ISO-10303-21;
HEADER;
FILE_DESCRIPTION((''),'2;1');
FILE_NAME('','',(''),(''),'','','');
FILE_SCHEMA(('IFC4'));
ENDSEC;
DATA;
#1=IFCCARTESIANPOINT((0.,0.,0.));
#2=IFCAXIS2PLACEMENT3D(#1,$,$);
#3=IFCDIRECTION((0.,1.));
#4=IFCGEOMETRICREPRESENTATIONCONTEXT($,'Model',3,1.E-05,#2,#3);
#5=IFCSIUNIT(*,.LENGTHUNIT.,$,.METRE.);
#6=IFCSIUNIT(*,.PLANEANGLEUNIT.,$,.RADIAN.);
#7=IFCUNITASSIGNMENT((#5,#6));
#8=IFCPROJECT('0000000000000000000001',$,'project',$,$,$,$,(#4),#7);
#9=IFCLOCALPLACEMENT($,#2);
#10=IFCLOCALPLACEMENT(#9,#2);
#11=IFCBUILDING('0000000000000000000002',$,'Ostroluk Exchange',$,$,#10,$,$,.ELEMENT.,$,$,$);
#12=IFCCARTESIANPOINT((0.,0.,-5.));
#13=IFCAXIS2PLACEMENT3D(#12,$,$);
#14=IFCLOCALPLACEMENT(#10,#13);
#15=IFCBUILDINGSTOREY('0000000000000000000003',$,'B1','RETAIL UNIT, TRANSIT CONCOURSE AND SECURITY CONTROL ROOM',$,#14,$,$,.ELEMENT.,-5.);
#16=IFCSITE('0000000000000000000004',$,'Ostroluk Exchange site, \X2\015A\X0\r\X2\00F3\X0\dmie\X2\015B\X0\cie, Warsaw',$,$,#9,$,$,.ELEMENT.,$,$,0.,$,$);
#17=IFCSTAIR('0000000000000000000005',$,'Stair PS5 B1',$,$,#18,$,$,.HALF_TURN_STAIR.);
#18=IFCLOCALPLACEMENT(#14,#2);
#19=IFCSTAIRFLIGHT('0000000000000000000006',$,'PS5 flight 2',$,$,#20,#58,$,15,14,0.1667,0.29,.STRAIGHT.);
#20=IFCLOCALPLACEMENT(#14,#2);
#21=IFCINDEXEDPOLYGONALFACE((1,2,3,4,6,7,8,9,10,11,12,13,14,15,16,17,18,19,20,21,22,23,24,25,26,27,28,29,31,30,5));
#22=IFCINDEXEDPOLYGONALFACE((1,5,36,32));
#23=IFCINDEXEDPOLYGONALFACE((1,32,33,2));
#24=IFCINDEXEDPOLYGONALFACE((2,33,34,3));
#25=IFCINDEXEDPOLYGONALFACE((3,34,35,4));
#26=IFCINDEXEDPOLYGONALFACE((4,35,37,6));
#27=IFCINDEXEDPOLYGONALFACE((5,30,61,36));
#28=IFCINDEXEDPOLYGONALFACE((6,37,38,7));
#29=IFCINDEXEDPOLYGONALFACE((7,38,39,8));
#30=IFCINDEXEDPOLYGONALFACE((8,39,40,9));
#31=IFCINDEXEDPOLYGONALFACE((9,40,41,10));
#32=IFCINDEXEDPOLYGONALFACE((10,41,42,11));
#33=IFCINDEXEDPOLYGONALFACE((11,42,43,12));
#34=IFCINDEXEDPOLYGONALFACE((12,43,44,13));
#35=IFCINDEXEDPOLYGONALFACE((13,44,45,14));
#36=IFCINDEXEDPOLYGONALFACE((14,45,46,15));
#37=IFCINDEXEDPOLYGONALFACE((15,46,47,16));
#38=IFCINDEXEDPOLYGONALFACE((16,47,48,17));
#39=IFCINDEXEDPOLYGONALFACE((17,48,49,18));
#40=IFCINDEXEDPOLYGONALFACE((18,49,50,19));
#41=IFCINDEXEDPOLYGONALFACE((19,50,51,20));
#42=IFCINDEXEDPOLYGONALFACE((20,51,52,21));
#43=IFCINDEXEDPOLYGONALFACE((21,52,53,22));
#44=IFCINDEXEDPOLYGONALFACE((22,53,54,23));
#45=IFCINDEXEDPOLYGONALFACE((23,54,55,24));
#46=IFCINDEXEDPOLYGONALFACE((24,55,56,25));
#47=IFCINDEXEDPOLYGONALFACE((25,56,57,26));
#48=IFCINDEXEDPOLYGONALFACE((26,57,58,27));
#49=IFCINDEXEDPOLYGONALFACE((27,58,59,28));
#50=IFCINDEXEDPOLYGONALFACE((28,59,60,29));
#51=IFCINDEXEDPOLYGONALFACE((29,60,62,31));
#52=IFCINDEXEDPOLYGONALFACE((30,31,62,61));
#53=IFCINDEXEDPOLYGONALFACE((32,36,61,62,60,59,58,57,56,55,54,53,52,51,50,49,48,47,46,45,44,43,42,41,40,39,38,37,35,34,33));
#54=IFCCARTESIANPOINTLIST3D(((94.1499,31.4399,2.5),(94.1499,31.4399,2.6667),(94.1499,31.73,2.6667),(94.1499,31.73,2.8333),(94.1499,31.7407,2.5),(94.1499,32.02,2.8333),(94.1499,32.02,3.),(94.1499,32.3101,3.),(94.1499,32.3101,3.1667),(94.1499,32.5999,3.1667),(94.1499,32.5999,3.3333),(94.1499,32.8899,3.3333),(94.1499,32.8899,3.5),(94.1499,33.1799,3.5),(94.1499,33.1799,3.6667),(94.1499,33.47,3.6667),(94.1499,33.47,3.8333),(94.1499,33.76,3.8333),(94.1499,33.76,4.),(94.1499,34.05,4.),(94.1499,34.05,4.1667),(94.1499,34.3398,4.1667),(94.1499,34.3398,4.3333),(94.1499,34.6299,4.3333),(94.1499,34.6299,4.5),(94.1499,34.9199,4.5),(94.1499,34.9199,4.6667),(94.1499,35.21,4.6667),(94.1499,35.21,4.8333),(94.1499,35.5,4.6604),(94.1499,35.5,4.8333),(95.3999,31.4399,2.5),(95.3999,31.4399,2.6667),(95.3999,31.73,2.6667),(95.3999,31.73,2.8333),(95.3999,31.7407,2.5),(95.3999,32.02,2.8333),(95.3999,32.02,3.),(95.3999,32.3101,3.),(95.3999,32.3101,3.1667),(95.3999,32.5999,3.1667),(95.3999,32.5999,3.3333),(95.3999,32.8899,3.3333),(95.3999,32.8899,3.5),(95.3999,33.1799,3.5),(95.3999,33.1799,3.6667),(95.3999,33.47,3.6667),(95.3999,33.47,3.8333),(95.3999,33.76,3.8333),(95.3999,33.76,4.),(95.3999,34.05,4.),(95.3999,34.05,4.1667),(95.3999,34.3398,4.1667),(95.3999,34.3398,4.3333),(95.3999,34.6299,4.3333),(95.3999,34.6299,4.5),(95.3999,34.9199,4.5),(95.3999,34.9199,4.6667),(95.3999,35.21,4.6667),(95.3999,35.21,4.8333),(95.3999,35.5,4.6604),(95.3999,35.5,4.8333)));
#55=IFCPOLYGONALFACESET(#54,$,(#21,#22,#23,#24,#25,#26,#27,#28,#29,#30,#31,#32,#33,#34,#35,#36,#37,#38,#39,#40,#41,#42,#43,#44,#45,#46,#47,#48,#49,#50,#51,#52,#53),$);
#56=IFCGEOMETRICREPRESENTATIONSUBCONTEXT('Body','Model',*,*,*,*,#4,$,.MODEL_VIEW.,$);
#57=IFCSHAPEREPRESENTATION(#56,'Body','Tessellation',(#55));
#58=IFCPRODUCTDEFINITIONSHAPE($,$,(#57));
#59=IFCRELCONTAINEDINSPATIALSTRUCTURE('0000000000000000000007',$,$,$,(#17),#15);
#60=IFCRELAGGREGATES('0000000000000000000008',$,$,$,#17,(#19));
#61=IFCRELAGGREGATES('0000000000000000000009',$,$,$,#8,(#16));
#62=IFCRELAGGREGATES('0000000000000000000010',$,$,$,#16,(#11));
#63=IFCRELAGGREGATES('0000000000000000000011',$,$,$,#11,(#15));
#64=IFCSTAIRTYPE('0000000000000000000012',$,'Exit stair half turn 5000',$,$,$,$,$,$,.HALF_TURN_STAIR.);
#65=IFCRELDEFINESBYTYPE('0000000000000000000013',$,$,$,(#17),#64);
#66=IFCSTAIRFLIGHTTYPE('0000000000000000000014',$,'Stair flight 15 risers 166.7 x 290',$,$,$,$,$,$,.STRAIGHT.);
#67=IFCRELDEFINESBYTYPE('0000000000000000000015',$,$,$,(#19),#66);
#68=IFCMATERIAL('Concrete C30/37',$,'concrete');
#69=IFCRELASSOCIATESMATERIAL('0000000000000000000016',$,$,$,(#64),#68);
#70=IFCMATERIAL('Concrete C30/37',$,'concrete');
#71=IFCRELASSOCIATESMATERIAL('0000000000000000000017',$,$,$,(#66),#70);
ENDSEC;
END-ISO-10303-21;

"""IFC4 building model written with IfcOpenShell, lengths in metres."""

from ifc_helpers import new_model, si_unit, direction, frame, origin, place, context, subcontext, project, spatial, polyline, outline, extrude, material, type_object, element, aggregate, save


model = new_model("IFC4")

# Units and contexts
model_context = context("Model", 3, precision=1e-05, world=origin(), true_north=direction((0.0, 1.0)))
body_context = subcontext(model_context, "Body", "Model", "MODEL_VIEW")
ifc_project = project(units=[si_unit("LENGTHUNIT", "METRE"), si_unit("PLANEANGLEUNIT", "RADIAN")], contexts=[model_context])

# Site, building, storey
site_placement = place(None, origin())
site = spatial("IfcSite", under=ifc_project, at=site_placement, Name="Ostroluk Exchange site, Śródmieście, Warsaw", CompositionType="ELEMENT", RefElevation=0.0)
building_placement = place(site_placement, origin())
building = spatial("IfcBuilding", under=site, at=building_placement, Name="Ostroluk Exchange", CompositionType="ELEMENT")
storey_placement = place(building_placement, frame((0.0, 0.0, -5.0)))
storey = spatial("IfcBuildingStorey", under=building, at=storey_placement, Name="B1", Description="RETAIL UNIT, TRANSIT CONCOURSE AND SECURITY CONTROL ROOM", CompositionType="ELEMENT", Elevation=-5.0)

# Shared definitions
ifc_material_1 = material(Name="Concrete C30/37", Category="concrete")
stair_type = type_object("IfcStairType", Name="Exit stair half turn 5000", PredefinedType="HALF_TURN_STAIR", material=ifc_material_1)
ifc_material_2 = material(Name="Concrete C30/37", Category="concrete")
stair_flight_type = type_object("IfcStairFlightType", Name="Stair flight 15 risers 166.7 x 290", PredefinedType="STRAIGHT", material=ifc_material_2)

# Stair, stair flight
stair_1_placement = place(storey_placement, origin())
stair_1 = element("IfcStair", 1, at=stair_1_placement, inside=storey, type_object=stair_type, Name="Stair PS5 B1", PredefinedType="HALF_TURN_STAIR")
stair_flight_1_placement = place(storey_placement, frame((94.7749, 31.4399, 2.5), z_axis=(0.0, 0.0, 1.0), x_axis=(0.0, 1.0, 0.0)))
stair_flight_1 = element("IfcStairFlight", 2, at=stair_flight_1_placement, type_object=stair_flight_type, Name="PS5 flight 2", NumberOfRisers=15, NumberOfTreads=14, PredefinedType="STRAIGHT", RiserHeight=0.1667, TreadLength=0.29, context=body_context, shape_type="SweptSolid", body=[
    extrude(outline(polyline([(0.0, 0.0), (0.0, 0.1667), (0.29, 0.1667), (0.29, 0.3333), (0.5801, 0.3333), (0.5801, 0.5), (0.8701, 0.5), (0.8701, 0.6667), (1.1599, 0.6667), (1.1599, 0.8333), (1.45, 0.8333), (1.45, 1.0), (1.74, 1.0), (1.74, 1.1667), (2.03, 1.1667), (2.03, 1.3333), (2.3201, 1.3333), (2.3201, 1.5), (2.6101, 1.5), (2.6101, 1.6667), (2.8999, 1.6667), (2.8999, 1.8333), (3.1899, 1.8333), (3.1899, 2.0), (3.48, 2.0), (3.48, 2.1667), (3.77, 2.1667), (3.77, 2.3333), (4.0601, 2.3333), (4.0601, 2.5), (4.0601, 2.1604), (0.3008, 0.0), (0.0, 0.0)])), frame((0.0, 0.625, 0.0), z_axis=(0.0, -1.0, 0.0), x_axis=(1.0, 0.0, 0.0)), (0.0, 0.0, 1.0), 1.25),
])
aggregate(stair_1, [stair_flight_1])

save(model, "model.ifc")
